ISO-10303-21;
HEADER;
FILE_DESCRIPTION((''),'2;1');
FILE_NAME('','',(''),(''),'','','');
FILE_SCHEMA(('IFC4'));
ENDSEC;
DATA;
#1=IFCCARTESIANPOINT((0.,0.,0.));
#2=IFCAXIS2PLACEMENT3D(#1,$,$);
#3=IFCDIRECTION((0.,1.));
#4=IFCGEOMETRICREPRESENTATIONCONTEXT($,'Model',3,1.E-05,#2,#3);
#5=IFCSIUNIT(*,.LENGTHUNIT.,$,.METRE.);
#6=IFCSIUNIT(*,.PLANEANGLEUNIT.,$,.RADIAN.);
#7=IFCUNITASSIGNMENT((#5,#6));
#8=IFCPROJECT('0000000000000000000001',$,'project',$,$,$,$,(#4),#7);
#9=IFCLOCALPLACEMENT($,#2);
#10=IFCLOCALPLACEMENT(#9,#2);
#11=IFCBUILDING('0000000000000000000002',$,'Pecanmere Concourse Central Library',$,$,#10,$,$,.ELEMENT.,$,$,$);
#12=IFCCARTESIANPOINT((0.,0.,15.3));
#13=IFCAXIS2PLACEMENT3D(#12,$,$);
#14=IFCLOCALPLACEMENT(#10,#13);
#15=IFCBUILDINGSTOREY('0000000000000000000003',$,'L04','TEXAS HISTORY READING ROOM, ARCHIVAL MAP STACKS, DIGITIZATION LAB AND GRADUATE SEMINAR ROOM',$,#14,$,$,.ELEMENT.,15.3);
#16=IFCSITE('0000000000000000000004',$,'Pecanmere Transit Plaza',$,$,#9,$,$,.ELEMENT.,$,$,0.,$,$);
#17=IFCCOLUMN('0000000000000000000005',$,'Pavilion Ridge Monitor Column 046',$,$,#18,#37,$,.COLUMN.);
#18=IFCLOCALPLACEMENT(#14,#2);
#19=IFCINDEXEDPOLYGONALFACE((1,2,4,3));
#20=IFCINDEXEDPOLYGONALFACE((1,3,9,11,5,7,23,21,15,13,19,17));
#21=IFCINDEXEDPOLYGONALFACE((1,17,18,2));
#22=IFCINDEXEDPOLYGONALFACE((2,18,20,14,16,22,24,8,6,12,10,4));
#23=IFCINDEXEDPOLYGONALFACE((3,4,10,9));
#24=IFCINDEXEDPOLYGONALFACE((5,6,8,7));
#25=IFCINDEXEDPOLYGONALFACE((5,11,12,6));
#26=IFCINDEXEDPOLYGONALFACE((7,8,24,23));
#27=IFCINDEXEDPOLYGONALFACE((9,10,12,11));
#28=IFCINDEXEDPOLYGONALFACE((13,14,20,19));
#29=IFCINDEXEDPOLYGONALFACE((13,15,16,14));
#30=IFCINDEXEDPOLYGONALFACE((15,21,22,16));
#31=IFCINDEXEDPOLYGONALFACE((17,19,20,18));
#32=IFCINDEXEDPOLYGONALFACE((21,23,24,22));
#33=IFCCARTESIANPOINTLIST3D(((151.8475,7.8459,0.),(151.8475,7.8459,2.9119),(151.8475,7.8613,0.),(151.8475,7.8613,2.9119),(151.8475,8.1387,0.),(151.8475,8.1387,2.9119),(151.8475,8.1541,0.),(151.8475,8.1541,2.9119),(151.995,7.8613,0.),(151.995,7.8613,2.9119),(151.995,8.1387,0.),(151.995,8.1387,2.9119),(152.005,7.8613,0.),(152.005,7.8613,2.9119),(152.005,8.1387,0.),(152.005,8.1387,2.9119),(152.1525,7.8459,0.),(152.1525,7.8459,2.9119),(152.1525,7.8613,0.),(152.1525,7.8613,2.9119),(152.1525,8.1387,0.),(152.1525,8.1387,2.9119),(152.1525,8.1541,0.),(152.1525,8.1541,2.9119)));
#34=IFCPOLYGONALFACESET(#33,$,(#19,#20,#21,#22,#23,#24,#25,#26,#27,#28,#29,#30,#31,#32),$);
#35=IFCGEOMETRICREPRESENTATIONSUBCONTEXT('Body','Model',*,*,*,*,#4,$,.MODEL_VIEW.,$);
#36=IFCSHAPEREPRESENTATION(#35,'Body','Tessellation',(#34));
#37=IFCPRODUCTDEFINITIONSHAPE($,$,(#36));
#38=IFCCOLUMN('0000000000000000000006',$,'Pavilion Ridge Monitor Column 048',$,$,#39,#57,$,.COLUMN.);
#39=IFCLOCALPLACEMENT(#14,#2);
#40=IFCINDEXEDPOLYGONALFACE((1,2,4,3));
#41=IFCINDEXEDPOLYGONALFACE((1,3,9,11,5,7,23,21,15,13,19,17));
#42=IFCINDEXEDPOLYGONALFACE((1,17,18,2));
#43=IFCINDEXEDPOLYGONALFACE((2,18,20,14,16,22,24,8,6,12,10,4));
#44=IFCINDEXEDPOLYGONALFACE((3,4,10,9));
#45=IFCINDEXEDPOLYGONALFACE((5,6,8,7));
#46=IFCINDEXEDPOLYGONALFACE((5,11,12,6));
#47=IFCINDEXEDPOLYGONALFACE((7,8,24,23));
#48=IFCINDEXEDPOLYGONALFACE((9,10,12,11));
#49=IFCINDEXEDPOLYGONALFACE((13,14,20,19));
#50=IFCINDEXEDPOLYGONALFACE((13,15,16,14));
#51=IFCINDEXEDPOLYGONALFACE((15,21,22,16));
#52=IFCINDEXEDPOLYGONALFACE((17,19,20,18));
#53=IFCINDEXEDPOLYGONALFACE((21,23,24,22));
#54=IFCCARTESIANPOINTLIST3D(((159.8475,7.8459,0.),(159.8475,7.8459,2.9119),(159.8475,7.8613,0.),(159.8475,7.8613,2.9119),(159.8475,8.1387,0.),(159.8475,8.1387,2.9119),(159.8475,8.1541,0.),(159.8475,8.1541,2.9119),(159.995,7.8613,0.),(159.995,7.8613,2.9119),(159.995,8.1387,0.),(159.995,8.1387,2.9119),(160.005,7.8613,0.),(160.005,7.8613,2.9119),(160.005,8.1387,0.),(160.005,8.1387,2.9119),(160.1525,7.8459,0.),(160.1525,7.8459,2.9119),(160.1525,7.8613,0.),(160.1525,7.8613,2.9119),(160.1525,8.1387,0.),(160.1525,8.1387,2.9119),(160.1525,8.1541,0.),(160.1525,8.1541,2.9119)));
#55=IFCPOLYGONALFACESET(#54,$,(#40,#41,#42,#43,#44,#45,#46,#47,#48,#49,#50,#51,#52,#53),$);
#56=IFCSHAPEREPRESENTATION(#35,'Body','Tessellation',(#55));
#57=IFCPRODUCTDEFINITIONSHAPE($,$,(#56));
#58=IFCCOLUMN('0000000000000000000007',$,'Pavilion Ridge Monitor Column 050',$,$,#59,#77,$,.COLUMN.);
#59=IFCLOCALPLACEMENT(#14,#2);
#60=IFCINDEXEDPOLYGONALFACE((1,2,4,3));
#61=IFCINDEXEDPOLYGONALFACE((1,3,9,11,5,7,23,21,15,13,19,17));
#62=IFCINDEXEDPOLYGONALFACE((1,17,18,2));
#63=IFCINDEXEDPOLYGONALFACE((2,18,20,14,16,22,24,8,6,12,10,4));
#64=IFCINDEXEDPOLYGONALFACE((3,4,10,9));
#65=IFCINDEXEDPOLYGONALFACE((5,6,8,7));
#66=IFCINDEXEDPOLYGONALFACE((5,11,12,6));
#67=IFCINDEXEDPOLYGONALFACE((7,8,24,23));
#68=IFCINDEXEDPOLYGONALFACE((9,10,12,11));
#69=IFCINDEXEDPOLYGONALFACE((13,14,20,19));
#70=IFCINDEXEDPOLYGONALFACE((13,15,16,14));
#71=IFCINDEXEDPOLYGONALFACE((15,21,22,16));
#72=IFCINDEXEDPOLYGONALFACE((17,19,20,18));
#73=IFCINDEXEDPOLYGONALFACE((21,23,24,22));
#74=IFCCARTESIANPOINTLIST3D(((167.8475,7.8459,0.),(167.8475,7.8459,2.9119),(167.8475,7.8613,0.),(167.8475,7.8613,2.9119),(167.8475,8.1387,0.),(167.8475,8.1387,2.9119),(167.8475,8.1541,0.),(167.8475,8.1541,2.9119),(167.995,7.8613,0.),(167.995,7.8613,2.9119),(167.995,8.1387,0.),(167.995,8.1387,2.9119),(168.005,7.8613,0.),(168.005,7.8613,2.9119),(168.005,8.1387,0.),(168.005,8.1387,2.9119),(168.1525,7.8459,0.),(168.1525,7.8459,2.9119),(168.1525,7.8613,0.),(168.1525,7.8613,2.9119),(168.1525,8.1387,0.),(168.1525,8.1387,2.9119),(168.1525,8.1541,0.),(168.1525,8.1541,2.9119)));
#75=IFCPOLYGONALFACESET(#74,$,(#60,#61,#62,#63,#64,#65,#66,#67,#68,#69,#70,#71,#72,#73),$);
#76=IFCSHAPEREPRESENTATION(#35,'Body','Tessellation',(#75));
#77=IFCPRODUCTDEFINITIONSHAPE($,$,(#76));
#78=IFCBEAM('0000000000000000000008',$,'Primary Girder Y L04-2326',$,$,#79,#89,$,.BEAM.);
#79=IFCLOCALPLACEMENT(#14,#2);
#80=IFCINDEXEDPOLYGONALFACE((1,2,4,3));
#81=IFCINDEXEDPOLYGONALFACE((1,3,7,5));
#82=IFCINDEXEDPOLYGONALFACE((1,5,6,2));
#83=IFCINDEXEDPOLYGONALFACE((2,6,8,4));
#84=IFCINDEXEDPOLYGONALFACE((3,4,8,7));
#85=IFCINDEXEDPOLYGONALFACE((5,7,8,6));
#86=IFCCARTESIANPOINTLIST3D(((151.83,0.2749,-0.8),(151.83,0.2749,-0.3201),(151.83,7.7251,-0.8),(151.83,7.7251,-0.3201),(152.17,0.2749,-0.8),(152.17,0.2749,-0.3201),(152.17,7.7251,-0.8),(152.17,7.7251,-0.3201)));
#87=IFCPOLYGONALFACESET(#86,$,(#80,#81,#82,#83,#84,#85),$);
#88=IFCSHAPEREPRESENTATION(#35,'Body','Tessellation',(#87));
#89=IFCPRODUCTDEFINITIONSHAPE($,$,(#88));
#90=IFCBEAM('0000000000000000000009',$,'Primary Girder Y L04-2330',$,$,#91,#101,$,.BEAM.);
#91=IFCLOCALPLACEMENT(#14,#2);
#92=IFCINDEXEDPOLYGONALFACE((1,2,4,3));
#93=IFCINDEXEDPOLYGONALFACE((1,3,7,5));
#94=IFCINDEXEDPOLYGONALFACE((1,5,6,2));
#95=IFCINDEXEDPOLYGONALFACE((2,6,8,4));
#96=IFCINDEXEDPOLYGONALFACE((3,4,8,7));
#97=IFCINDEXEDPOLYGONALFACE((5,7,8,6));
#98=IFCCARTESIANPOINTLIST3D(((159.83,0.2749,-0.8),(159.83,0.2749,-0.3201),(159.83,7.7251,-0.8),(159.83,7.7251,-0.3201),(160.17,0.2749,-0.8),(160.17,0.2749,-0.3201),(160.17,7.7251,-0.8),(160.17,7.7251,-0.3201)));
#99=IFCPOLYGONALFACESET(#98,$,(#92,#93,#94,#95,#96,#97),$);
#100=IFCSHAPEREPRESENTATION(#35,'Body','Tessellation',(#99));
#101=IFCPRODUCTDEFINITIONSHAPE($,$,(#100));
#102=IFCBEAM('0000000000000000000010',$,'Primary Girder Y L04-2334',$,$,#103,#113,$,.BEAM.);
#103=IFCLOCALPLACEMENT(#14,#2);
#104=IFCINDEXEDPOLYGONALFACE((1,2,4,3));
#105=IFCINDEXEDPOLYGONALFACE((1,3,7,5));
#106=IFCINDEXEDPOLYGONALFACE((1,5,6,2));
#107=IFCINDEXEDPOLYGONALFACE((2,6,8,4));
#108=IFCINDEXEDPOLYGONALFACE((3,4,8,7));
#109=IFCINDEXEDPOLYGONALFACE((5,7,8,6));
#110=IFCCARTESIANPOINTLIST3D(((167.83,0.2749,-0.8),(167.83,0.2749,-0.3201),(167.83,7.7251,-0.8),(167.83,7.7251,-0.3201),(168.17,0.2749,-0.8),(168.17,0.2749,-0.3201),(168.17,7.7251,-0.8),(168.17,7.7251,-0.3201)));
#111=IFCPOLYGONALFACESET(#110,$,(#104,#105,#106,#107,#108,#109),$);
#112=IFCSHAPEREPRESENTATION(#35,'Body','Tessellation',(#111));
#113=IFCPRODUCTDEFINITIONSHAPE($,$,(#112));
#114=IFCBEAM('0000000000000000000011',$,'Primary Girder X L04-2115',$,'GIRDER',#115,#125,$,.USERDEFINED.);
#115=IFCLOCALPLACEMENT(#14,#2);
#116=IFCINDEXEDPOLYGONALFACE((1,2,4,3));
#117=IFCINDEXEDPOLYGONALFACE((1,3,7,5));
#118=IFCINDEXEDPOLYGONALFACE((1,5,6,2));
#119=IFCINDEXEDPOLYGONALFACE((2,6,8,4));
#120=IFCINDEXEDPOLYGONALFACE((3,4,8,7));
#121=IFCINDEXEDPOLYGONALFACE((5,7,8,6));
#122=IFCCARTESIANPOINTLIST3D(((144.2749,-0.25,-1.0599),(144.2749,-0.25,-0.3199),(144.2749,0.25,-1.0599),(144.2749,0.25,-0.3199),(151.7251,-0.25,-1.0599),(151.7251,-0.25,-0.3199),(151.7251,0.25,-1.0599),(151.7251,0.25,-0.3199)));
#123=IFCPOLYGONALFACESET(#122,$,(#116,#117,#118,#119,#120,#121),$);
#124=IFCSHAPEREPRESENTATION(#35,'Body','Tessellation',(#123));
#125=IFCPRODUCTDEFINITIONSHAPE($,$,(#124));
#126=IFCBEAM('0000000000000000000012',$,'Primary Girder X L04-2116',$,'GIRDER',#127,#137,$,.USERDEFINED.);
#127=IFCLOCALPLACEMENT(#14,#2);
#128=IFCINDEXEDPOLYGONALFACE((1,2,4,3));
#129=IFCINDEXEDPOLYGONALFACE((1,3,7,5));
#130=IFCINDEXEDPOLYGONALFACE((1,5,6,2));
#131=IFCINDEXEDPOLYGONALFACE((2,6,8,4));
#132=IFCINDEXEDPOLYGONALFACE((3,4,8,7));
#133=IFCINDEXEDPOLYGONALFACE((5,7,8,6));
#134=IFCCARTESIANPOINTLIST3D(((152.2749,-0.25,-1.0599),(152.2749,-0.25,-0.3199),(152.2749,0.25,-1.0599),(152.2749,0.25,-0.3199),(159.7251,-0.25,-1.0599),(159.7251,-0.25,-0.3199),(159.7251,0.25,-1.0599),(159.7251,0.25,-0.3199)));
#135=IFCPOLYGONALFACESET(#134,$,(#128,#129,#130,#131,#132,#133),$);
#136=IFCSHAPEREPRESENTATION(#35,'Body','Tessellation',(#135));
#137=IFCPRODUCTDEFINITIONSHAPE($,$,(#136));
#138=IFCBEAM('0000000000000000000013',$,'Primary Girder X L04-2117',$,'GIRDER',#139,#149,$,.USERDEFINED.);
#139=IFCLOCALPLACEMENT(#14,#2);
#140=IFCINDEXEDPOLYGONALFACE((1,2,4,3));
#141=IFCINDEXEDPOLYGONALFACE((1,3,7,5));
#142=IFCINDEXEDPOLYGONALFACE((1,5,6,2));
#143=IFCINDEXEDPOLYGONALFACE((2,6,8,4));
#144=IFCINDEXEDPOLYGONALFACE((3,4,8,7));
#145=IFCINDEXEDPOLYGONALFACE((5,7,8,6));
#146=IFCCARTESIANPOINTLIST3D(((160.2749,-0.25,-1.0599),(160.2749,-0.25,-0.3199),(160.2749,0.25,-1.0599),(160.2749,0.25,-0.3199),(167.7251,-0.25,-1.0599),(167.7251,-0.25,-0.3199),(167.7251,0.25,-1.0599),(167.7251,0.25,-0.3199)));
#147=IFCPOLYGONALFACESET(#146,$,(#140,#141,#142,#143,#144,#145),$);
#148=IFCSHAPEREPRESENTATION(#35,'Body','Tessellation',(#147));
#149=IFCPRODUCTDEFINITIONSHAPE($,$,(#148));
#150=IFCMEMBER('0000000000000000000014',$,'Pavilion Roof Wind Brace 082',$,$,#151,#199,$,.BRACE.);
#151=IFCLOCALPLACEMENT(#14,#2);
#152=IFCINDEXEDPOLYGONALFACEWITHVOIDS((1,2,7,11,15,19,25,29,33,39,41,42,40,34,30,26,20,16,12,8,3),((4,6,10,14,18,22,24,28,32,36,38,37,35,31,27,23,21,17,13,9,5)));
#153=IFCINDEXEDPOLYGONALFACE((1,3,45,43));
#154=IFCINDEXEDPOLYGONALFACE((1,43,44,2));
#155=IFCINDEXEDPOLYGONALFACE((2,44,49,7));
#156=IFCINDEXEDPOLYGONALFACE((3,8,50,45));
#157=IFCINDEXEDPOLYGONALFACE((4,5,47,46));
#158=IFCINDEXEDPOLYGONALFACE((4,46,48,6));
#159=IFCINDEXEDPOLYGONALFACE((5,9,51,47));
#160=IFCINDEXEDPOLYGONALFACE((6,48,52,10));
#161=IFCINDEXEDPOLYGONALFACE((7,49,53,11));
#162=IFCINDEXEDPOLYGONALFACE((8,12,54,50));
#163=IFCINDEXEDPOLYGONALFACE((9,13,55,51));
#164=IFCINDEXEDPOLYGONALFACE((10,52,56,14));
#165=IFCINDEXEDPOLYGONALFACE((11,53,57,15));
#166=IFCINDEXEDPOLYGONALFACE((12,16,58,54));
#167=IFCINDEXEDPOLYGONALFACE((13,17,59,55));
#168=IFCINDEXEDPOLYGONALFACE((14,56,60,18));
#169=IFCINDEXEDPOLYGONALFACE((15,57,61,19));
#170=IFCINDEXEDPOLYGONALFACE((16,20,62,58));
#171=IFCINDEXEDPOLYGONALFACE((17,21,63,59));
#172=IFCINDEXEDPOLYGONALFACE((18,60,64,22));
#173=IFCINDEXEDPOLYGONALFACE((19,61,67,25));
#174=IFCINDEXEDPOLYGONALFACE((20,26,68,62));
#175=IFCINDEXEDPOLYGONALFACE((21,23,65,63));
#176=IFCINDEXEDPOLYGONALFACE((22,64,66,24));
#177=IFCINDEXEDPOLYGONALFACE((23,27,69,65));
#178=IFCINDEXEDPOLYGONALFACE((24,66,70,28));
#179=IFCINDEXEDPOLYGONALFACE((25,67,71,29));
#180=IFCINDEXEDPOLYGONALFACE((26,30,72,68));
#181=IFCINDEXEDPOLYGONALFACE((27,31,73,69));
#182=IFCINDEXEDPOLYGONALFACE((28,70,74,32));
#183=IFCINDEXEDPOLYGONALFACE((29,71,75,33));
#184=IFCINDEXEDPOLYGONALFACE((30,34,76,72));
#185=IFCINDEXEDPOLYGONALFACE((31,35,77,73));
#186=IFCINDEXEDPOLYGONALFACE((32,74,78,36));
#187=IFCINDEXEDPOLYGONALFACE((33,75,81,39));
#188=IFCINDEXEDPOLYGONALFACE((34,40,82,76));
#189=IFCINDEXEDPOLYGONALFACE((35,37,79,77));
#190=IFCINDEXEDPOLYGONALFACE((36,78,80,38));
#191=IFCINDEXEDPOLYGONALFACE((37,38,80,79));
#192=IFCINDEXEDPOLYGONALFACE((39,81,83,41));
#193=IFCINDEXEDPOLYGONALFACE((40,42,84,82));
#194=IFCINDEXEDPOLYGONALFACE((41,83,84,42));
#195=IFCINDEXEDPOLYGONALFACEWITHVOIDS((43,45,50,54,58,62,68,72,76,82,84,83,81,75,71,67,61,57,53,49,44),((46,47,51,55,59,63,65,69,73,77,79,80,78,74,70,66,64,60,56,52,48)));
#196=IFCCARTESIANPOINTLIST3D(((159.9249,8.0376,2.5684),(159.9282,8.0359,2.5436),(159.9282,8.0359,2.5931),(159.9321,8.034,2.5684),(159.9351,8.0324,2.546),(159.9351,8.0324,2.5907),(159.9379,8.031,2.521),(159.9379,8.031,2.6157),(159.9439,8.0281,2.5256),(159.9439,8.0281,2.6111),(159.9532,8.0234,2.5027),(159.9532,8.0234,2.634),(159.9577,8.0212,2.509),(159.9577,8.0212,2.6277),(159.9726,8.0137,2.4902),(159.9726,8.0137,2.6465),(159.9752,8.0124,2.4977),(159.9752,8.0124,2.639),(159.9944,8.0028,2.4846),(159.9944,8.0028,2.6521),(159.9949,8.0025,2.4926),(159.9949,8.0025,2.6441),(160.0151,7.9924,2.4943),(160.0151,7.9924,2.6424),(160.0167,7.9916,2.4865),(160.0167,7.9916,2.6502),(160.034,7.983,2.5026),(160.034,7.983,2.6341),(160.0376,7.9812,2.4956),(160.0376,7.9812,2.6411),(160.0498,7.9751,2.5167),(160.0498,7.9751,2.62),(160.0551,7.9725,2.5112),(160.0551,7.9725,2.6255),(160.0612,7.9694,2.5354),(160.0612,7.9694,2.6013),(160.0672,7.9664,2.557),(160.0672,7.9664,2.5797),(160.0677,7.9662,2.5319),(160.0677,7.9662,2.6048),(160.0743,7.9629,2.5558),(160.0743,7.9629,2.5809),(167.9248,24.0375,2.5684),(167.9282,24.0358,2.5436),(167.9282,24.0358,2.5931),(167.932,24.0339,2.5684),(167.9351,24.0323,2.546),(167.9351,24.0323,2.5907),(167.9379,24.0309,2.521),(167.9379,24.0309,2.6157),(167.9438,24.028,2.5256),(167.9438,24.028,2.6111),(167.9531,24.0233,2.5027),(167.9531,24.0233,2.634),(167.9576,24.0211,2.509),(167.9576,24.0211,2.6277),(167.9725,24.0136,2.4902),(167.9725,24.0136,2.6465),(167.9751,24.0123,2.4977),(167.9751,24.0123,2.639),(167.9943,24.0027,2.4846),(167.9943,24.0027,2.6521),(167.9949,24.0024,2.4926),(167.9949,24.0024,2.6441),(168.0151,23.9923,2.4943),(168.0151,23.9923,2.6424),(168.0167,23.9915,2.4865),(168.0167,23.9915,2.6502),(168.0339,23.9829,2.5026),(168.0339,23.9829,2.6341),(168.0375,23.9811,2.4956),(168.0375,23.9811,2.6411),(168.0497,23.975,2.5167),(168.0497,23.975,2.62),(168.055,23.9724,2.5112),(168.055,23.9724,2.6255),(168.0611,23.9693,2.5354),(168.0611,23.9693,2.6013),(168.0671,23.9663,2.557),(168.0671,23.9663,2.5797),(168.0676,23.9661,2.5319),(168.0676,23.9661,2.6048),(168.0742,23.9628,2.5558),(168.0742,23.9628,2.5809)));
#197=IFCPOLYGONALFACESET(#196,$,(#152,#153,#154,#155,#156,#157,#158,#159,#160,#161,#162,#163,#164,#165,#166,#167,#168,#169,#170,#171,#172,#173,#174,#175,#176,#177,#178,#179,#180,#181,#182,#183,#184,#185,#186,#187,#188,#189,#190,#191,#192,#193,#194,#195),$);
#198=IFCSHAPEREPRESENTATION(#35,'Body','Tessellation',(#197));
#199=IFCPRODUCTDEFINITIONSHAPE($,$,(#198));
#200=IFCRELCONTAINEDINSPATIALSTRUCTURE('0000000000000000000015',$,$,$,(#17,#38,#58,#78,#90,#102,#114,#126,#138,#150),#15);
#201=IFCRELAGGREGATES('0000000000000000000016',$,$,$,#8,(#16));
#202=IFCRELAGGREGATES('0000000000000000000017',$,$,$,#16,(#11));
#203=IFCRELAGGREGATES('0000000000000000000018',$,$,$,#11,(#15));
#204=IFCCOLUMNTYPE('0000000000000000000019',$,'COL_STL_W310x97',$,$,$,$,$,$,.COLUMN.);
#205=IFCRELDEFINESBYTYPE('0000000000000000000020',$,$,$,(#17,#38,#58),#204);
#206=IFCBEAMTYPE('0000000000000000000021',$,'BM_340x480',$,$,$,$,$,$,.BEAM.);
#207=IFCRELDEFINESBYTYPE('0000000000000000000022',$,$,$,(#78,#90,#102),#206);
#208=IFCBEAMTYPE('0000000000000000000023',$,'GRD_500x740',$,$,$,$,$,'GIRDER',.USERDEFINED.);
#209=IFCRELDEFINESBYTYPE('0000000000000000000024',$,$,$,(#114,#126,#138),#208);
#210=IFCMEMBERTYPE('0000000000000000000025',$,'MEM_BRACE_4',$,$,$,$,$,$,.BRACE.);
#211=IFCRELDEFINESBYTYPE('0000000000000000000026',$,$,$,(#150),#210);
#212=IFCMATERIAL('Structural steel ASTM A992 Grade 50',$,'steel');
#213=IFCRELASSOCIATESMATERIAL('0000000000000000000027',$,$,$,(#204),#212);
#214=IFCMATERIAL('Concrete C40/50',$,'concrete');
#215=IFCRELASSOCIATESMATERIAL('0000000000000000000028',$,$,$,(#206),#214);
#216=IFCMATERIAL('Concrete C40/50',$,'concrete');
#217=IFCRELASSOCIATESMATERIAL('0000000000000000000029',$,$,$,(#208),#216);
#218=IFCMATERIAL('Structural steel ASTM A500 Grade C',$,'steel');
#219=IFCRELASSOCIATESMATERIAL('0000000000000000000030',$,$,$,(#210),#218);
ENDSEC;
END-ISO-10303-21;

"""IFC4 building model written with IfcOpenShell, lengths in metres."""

from ifc_helpers import new_model, si_unit, direction, frame, origin, origin_2d, place, context, subcontext, project, spatial, rectangle, hollow_circle, i_section, extrude, material, material_profile, profile_set, type_object, element, save


model = new_model("IFC4")

# Units and contexts
model_context = context("Model", 3, precision=1e-05, world=origin(), true_north=direction((0.0, 1.0)))
body_context = subcontext(model_context, "Body", "Model", "MODEL_VIEW")
ifc_project = project(units=[si_unit("LENGTHUNIT", "METRE"), si_unit("PLANEANGLEUNIT", "RADIAN")], contexts=[model_context])

# Site, building, storey
site_placement = place(None, origin())
site = spatial("IfcSite", under=ifc_project, at=site_placement, Name="Pecanmere Transit Plaza", CompositionType="ELEMENT", RefElevation=0.0)
building_placement = place(site_placement, origin())
building = spatial("IfcBuilding", under=site, at=building_placement, Name="Pecanmere Concourse Central Library", CompositionType="ELEMENT")
storey_placement = place(building_placement, frame((0.0, 0.0, 15.3)))
storey = spatial("IfcBuildingStorey", under=building, at=storey_placement, Name="L04", Description="TEXAS HISTORY READING ROOM, ARCHIVAL MAP STACKS, DIGITIZATION LAB AND GRADUATE SEMINAR ROOM", CompositionType="ELEMENT", Elevation=15.3)

# Columns
ifc_material_1 = material(Name="Structural steel ASTM A992 Grade 50", Category="steel")
ifc_material_profile_1 = material_profile(ifc_material_1, i_section(OverallWidth=0.3049, OverallDepth=0.3081, WebThickness=0.01, FlangeThickness=0.0154, at=origin_2d()), Name="W310x97")
ifc_profile_set_1 = profile_set([ifc_material_profile_1], Name="Structural steel ASTM A992 Grade 50")
column_type = type_object("IfcColumnType", Name="COL_STL_W310x97", PredefinedType="COLUMN", material=ifc_profile_set_1)
for number, where, z_axis, x_axis, name in (
    (1, (152.0, 8.0, 0.0), (0.0, 0.0, 1.0), (1.0, 0.0, 0.0), "Pavilion Ridge Monitor Column 046"),
    (2, (160.0, 8.0, 0.0), (0.0, 0.0, 1.0), (1.0, 0.0, 0.0), "Pavilion Ridge Monitor Column 048"),
    (3, (168.0, 8.0, 0.0), (0.0, 0.0, 1.0), (1.0, 0.0, 0.0), "Pavilion Ridge Monitor Column 050"),
):
    element("IfcColumn", number, at=place(storey_placement, frame(where, z_axis=z_axis, x_axis=x_axis)), inside=storey, type_object=column_type, Name=name, PredefinedType="COLUMN", context=body_context, shape_type="SweptSolid", body=[
        extrude(i_section(OverallWidth=0.3049, OverallDepth=0.3081, WebThickness=0.01, FlangeThickness=0.0154, at=origin_2d()), origin(), (0.0, 0.0, 1.0), 2.9119),
    ])

# Beams
ifc_material_2 = material(Name="Concrete C40/50", Category="concrete")
ifc_material_profile_2 = material_profile(ifc_material_2, rectangle(XDim=0.3401, YDim=0.48, at=origin_2d()), Name="RC 340x480")
ifc_profile_set_2 = profile_set([ifc_material_profile_2], Name="Concrete C40/50")
beam_type_1 = type_object("IfcBeamType", Name="BM_340x480", PredefinedType="BEAM", material=ifc_profile_set_2)
for number, where, z_axis, x_axis, name in (
    (4, (152.0, 0.2749, -0.5601), (0.0, 1.0, 0.0), (-1.0, 0.0, 0.0), "Primary Girder Y L04-2326"),
    (5, (160.0, 0.2749, -0.5601), (0.0, 1.0, 0.0), (-1.0, 0.0, 0.0), "Primary Girder Y L04-2330"),
    (6, (168.0, 0.2749, -0.5601), (0.0, 1.0, 0.0), (-1.0, 0.0, 0.0), "Primary Girder Y L04-2334"),
):
    element("IfcBeam", number, at=place(storey_placement, frame(where, z_axis=z_axis, x_axis=x_axis)), inside=storey, type_object=beam_type_1, Name=name, PredefinedType="BEAM", context=body_context, shape_type="SweptSolid", body=[
        extrude(rectangle(XDim=0.3401, YDim=0.48, at=origin_2d()), origin(), (0.0, 0.0, 1.0), 7.4502),
    ])
ifc_material_3 = material(Name="Concrete C40/50", Category="concrete")
ifc_material_profile_3 = material_profile(ifc_material_3, rectangle(XDim=0.5, YDim=0.74, at=origin_2d()), Name="RC 500x740")
ifc_profile_set_3 = profile_set([ifc_material_profile_3], Name="Concrete C40/50")
beam_type_2 = type_object("IfcBeamType", Name="GRD_500x740", ElementType="GIRDER", PredefinedType="USERDEFINED", material=ifc_profile_set_3)
for number, where, z_axis, x_axis, name in (
    (7, (144.2749, 0.0, -0.6899), (1.0, 0.0, 0.0), (0.0, 1.0, 0.0), "Primary Girder X L04-2115"),
    (8, (152.2749, 0.0, -0.6899), (1.0, 0.0, 0.0), (0.0, 1.0, 0.0), "Primary Girder X L04-2116"),
    (9, (160.2749, 0.0, -0.6899), (1.0, 0.0, 0.0), (0.0, 1.0, 0.0), "Primary Girder X L04-2117"),
):
    element("IfcBeam", number, at=place(storey_placement, frame(where, z_axis=z_axis, x_axis=x_axis)), inside=storey, type_object=beam_type_2, Name=name, ObjectType="GIRDER", PredefinedType="USERDEFINED", context=body_context, shape_type="SweptSolid", body=[
        extrude(rectangle(XDim=0.5, YDim=0.74, at=origin_2d()), origin(), (0.0, 0.0, 1.0), 7.4502),
    ])

# Member
ifc_material_4 = material(Name="Structural steel ASTM A500 Grade C", Category="steel")
ifc_material_profile_4 = material_profile(ifc_material_4, hollow_circle(Radius=0.084, WallThickness=0.0081, at=origin_2d()), Name="HSS168.3x8.0")
ifc_profile_set_4 = profile_set([ifc_material_profile_4], Name="Structural steel ASTM A500 Grade C")
member_type_1 = type_object("IfcMemberType", Name="MEM_BRACE_4", PredefinedType="BRACE", material=ifc_profile_set_4)
member_1_placement = place(storey_placement, frame((160.0, 8.0, 2.5684), z_axis=(0.447214, 0.894427, 0.0), x_axis=(-0.894427, 0.447214, 0.0)))
element("IfcMember", 10, at=member_1_placement, inside=storey, type_object=member_type_1, Name="Pavilion Roof Wind Brace 082", PredefinedType="BRACE", context=body_context, shape_type="SweptSolid", body=[
    extrude(hollow_circle(Radius=0.084, WallThickness=0.0081, at=origin_2d()), origin(), (0.0, 0.0, 1.0), 17.8884),
])

save(model, "model.ifc")
